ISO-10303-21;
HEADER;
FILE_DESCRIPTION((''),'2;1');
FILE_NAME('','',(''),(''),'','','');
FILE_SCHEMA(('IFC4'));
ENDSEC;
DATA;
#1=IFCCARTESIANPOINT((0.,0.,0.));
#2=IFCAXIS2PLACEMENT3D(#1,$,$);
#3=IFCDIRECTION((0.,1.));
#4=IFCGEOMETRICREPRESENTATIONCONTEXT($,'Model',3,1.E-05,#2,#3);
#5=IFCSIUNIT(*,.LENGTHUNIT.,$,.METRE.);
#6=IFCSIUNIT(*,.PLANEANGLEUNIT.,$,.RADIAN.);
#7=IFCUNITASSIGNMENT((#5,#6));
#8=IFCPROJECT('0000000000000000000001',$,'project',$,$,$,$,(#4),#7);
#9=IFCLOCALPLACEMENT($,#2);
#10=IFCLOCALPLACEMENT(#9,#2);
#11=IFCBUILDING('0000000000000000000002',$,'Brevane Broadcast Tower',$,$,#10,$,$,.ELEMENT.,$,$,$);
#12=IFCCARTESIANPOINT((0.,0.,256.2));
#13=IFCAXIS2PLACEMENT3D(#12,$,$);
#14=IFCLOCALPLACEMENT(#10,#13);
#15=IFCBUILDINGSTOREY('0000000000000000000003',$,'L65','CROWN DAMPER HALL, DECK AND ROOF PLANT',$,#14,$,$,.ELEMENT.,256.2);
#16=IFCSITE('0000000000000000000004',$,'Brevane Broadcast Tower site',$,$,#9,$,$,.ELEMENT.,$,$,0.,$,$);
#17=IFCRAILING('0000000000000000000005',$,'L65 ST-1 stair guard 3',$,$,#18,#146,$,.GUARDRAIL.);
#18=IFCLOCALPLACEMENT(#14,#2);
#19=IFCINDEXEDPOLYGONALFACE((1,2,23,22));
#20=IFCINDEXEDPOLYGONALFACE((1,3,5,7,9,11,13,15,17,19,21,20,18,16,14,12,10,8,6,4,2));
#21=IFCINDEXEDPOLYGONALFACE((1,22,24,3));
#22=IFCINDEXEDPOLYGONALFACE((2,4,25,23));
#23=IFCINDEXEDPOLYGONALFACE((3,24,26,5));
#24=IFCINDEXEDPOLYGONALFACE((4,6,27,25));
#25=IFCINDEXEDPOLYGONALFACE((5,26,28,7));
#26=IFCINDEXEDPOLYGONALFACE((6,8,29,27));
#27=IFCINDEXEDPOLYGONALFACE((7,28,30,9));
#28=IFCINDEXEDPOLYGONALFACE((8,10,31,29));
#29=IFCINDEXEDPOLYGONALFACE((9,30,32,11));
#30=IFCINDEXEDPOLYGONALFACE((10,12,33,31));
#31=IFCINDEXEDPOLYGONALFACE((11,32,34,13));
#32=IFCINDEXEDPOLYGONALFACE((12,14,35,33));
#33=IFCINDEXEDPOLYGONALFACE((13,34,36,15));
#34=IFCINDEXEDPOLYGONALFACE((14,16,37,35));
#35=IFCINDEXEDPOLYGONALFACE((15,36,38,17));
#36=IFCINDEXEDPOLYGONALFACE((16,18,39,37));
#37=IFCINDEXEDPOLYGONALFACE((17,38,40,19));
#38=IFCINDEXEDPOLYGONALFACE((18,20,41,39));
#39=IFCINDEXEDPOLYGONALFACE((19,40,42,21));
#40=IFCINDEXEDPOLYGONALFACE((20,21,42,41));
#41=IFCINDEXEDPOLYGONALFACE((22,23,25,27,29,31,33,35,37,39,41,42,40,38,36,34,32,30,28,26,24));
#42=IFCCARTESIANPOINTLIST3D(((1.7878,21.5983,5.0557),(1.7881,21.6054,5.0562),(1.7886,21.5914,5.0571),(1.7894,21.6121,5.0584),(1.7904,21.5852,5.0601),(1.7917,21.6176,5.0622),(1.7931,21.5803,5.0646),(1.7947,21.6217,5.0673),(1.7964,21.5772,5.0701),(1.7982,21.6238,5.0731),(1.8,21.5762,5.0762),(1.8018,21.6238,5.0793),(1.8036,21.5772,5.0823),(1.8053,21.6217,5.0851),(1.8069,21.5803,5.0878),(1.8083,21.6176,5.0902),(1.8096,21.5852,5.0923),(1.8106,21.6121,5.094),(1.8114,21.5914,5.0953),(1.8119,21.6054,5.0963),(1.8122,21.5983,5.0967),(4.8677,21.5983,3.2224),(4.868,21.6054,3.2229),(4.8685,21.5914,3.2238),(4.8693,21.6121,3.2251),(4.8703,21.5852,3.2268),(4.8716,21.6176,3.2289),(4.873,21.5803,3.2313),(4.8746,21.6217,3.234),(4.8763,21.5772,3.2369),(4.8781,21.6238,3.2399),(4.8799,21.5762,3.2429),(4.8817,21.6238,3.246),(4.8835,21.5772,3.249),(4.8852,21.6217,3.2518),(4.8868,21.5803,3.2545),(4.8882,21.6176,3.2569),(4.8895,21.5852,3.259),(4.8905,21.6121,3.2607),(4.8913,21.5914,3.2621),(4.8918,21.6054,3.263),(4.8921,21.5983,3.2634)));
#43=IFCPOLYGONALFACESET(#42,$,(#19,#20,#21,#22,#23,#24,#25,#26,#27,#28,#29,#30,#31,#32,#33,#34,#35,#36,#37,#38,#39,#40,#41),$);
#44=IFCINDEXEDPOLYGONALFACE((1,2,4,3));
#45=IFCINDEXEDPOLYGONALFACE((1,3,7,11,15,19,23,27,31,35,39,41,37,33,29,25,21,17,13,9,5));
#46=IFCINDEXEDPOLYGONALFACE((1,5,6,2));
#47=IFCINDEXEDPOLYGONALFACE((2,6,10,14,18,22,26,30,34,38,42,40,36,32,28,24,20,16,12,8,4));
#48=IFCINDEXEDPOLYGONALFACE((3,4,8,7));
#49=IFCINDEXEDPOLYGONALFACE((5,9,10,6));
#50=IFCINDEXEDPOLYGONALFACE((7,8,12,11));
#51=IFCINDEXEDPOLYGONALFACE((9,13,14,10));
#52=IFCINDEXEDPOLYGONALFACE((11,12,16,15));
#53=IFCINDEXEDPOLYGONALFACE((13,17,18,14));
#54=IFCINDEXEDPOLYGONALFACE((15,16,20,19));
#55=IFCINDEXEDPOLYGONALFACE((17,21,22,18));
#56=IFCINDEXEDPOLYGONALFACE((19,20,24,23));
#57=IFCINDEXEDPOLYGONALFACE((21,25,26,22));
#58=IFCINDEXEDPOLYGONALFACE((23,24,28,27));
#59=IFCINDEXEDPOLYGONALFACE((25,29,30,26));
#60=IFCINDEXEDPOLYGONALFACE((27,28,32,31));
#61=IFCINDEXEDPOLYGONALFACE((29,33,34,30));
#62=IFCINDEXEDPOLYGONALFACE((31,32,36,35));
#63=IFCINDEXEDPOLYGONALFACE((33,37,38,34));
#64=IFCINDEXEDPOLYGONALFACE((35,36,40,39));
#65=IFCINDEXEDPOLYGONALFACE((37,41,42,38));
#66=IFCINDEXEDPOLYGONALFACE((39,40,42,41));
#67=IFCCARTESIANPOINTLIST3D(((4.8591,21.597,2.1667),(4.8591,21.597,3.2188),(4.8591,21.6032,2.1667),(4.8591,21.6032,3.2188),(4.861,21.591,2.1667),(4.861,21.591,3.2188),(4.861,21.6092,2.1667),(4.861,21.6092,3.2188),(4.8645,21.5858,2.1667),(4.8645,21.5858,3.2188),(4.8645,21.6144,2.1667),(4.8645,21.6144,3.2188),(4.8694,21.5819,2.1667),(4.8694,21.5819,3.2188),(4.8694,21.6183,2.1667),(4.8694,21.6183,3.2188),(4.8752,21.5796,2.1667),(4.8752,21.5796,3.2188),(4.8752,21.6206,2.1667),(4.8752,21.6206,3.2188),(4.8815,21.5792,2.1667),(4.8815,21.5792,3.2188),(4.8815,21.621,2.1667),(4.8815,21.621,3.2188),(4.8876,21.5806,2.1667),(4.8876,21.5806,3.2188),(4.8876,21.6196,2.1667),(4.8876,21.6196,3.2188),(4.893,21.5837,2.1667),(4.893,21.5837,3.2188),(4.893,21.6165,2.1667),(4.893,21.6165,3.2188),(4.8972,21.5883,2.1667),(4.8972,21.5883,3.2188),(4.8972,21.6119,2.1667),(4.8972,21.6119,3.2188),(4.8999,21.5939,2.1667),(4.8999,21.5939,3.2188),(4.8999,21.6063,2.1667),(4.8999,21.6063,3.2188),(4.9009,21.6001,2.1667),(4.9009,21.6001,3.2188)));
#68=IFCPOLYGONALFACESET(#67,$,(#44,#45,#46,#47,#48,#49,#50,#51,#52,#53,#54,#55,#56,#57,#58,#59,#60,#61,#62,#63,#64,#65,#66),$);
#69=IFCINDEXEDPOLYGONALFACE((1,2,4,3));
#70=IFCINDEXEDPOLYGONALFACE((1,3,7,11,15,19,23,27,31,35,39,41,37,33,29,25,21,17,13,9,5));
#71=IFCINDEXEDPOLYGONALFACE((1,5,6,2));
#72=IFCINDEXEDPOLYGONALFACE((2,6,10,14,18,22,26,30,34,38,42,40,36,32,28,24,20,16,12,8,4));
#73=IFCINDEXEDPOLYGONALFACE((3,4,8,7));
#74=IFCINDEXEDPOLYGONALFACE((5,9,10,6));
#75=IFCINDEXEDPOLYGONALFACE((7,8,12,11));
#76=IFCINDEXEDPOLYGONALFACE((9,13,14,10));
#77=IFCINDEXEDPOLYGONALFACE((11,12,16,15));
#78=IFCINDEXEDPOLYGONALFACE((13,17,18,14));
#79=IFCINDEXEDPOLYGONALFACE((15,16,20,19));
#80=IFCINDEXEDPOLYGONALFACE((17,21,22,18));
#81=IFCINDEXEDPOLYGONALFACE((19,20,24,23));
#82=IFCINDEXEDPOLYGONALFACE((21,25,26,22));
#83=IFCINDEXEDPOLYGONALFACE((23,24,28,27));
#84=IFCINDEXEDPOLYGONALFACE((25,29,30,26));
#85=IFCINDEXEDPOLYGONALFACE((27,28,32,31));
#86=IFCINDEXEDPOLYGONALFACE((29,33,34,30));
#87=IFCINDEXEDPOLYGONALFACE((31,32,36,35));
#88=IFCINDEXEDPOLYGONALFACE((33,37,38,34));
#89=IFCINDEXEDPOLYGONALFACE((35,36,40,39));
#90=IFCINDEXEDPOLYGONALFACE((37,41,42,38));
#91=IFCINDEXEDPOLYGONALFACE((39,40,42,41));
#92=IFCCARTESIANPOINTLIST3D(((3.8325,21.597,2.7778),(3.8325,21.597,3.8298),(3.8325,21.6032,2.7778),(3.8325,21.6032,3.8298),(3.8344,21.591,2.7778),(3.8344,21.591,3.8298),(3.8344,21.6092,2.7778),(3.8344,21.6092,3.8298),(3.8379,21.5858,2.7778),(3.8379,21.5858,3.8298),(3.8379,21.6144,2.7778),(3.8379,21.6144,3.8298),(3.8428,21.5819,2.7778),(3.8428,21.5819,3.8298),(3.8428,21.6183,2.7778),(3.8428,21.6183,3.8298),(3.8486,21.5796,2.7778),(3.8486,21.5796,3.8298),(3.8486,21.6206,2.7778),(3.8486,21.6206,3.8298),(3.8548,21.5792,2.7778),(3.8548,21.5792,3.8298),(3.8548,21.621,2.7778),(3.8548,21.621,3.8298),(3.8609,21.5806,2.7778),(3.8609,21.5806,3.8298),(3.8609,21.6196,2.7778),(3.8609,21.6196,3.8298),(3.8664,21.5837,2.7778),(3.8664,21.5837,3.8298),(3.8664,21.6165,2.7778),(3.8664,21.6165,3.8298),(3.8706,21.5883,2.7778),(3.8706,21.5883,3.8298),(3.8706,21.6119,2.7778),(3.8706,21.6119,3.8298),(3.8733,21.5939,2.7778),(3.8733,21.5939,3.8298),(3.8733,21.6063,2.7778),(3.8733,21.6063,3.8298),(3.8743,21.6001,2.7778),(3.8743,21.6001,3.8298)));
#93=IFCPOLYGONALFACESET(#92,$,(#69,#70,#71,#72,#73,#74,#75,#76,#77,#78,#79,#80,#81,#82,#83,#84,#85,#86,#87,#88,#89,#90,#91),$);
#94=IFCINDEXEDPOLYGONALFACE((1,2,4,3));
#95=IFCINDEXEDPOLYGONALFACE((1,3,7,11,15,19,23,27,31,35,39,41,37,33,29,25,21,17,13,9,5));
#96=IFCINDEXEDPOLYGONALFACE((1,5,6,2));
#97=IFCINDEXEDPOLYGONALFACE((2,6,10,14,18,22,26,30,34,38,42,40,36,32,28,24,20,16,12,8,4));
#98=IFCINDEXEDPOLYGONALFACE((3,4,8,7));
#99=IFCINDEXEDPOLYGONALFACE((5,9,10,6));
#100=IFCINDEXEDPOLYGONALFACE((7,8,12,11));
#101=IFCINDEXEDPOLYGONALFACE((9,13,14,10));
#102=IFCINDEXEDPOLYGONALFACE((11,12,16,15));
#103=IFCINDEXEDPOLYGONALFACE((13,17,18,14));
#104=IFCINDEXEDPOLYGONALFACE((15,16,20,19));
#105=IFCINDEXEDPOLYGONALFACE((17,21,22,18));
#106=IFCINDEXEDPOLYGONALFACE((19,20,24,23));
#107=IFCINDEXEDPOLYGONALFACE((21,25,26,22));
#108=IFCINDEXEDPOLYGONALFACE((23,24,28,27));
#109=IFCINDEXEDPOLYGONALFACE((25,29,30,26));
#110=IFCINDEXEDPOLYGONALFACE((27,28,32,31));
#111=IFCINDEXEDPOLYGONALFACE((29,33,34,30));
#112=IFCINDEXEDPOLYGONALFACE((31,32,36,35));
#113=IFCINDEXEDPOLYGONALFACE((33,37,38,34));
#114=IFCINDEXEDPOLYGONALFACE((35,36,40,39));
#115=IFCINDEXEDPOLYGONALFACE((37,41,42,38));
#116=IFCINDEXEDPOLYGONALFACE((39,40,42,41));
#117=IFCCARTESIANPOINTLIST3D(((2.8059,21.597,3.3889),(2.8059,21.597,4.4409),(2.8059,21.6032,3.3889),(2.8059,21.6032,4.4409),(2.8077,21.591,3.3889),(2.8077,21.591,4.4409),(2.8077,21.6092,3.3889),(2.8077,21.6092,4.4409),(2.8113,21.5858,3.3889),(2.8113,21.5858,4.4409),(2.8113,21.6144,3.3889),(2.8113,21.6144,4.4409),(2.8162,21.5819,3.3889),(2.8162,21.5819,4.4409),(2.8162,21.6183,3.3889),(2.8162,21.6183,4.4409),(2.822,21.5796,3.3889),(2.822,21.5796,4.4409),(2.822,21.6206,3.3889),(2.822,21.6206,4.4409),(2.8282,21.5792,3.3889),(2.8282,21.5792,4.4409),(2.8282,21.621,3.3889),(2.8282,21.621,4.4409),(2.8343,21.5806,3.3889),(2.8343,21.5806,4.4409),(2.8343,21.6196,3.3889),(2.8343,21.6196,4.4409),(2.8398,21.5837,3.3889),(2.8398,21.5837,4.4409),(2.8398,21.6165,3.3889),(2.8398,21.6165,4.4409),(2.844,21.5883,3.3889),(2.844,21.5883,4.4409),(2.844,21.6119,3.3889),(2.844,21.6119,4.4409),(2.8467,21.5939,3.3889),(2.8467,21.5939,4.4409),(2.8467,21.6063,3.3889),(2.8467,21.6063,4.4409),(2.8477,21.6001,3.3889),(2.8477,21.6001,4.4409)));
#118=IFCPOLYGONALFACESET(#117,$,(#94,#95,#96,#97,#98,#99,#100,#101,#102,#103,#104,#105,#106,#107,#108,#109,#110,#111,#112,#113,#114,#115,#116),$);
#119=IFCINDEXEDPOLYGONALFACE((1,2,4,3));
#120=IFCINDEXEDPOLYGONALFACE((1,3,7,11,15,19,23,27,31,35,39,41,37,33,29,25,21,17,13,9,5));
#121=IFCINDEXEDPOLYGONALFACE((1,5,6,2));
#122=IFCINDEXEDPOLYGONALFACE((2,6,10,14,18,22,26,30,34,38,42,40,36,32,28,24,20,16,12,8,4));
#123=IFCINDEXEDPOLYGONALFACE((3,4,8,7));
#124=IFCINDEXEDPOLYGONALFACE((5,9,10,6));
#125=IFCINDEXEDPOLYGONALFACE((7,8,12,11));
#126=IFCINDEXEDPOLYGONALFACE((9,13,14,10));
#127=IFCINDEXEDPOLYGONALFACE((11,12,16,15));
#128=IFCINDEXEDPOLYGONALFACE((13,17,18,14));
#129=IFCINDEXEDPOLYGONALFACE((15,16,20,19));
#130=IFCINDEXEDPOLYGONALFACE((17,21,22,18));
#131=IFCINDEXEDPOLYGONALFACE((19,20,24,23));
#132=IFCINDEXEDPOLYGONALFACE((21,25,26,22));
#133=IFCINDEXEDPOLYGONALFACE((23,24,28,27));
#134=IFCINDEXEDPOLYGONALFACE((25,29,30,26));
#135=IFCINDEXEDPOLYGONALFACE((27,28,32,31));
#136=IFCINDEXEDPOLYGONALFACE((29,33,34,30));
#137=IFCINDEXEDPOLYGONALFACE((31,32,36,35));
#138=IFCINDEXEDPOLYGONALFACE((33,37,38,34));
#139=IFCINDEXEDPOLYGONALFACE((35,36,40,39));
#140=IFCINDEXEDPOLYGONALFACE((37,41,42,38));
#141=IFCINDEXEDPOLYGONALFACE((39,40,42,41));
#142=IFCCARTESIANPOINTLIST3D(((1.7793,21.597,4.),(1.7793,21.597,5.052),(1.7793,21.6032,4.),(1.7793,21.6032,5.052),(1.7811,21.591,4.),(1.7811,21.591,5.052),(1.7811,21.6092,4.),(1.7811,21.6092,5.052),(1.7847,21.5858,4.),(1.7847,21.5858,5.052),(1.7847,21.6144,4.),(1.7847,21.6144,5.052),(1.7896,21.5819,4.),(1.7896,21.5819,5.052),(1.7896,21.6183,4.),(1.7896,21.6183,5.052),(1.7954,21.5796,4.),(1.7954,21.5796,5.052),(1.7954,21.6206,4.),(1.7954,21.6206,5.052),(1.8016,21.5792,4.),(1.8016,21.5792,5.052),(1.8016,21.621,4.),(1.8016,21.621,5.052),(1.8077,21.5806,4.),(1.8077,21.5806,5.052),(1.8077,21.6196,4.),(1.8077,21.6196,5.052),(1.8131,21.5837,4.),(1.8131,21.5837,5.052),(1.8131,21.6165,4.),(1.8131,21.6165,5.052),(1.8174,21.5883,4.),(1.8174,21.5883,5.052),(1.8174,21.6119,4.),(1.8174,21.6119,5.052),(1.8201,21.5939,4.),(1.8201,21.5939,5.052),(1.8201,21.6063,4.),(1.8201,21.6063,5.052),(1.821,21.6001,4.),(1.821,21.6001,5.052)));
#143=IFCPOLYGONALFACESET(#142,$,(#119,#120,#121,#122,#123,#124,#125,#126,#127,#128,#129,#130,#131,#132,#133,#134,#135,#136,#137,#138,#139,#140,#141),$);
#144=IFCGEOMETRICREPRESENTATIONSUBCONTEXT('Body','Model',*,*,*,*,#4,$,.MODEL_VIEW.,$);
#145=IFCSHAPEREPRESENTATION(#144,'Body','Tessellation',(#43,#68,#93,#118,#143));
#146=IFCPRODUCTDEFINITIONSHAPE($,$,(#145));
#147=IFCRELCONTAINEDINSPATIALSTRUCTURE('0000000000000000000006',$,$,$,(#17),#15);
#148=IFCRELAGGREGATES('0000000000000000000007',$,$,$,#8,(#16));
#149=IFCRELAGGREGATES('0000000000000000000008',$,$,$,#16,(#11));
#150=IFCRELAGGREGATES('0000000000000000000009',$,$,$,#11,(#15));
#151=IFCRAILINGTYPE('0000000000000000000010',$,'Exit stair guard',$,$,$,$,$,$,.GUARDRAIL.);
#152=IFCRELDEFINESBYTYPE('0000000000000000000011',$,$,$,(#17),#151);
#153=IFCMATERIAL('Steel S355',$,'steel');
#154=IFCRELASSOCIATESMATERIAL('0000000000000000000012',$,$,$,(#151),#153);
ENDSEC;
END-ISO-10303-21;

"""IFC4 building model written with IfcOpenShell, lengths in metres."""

from ifc_helpers import new_model, si_unit, direction, frame, origin, origin_2d, place, context, subcontext, project, spatial, circle, extrude, material, type_object, element, save


model = new_model("IFC4")

# Units and contexts
model_context = context("Model", 3, precision=1e-05, world=origin(), true_north=direction((0.0, 1.0)))
body_context = subcontext(model_context, "Body", "Model", "MODEL_VIEW")
ifc_project = project(units=[si_unit("LENGTHUNIT", "METRE"), si_unit("PLANEANGLEUNIT", "RADIAN")], contexts=[model_context])

# Site, building, storey
site_placement = place(None, origin())
site = spatial("IfcSite", under=ifc_project, at=site_placement, Name="Brevane Broadcast Tower site", CompositionType="ELEMENT", RefElevation=0.0)
building_placement = place(site_placement, origin())
building = spatial("IfcBuilding", under=site, at=building_placement, Name="Brevane Broadcast Tower", CompositionType="ELEMENT")
storey_placement = place(building_placement, frame((0.0, 0.0, 256.2)))
storey = spatial("IfcBuildingStorey", under=building, at=storey_placement, Name="L65", Description="CROWN DAMPER HALL, DECK AND ROOF PLANT", CompositionType="ELEMENT", Elevation=256.2)

# Shared definitions
ifc_material_1 = material(Name="Steel S355", Category="steel")

# Railing
railing_type_1 = type_object("IfcRailingType", Name="Exit stair guard", PredefinedType="GUARDRAIL", material=ifc_material_1)
for number, where, name in (
    (1, (4.8799, 21.6001, 2.1667), "L65 ST-1 stair guard 3"),
):
    element("IfcRailing", number, at=place(storey_placement, frame(where)), inside=storey, type_object=railing_type_1, Name=name, PredefinedType="GUARDRAIL", context=body_context, shape_type="SweptSolid", body=[
        extrude(circle(Radius=0.0239, at=origin_2d()), frame((0.0, 0.0, 1.0762), z_axis=(-0.859291, 0.0, 0.511487), x_axis=(0.0, -1.0, 0.0)), (0.0, 0.0, 1.0), 3.5842),
        extrude(circle(Radius=0.021, at=origin_2d()), origin(), (0.0, 0.0, 1.0), 1.052),
        extrude(circle(Radius=0.021, at=origin_2d()), frame((-1.0266, 0.0, 0.6111)), (0.0, 0.0, 1.0), 1.052),
        extrude(circle(Radius=0.021, at=origin_2d()), frame((-2.0532, 0.0, 1.2222)), (0.0, 0.0, 1.0), 1.052),
        extrude(circle(Radius=0.021, at=origin_2d()), frame((-3.0798, 0.0, 1.8333)), (0.0, 0.0, 1.0), 1.052),
    ])

save(model, "model.ifc")
